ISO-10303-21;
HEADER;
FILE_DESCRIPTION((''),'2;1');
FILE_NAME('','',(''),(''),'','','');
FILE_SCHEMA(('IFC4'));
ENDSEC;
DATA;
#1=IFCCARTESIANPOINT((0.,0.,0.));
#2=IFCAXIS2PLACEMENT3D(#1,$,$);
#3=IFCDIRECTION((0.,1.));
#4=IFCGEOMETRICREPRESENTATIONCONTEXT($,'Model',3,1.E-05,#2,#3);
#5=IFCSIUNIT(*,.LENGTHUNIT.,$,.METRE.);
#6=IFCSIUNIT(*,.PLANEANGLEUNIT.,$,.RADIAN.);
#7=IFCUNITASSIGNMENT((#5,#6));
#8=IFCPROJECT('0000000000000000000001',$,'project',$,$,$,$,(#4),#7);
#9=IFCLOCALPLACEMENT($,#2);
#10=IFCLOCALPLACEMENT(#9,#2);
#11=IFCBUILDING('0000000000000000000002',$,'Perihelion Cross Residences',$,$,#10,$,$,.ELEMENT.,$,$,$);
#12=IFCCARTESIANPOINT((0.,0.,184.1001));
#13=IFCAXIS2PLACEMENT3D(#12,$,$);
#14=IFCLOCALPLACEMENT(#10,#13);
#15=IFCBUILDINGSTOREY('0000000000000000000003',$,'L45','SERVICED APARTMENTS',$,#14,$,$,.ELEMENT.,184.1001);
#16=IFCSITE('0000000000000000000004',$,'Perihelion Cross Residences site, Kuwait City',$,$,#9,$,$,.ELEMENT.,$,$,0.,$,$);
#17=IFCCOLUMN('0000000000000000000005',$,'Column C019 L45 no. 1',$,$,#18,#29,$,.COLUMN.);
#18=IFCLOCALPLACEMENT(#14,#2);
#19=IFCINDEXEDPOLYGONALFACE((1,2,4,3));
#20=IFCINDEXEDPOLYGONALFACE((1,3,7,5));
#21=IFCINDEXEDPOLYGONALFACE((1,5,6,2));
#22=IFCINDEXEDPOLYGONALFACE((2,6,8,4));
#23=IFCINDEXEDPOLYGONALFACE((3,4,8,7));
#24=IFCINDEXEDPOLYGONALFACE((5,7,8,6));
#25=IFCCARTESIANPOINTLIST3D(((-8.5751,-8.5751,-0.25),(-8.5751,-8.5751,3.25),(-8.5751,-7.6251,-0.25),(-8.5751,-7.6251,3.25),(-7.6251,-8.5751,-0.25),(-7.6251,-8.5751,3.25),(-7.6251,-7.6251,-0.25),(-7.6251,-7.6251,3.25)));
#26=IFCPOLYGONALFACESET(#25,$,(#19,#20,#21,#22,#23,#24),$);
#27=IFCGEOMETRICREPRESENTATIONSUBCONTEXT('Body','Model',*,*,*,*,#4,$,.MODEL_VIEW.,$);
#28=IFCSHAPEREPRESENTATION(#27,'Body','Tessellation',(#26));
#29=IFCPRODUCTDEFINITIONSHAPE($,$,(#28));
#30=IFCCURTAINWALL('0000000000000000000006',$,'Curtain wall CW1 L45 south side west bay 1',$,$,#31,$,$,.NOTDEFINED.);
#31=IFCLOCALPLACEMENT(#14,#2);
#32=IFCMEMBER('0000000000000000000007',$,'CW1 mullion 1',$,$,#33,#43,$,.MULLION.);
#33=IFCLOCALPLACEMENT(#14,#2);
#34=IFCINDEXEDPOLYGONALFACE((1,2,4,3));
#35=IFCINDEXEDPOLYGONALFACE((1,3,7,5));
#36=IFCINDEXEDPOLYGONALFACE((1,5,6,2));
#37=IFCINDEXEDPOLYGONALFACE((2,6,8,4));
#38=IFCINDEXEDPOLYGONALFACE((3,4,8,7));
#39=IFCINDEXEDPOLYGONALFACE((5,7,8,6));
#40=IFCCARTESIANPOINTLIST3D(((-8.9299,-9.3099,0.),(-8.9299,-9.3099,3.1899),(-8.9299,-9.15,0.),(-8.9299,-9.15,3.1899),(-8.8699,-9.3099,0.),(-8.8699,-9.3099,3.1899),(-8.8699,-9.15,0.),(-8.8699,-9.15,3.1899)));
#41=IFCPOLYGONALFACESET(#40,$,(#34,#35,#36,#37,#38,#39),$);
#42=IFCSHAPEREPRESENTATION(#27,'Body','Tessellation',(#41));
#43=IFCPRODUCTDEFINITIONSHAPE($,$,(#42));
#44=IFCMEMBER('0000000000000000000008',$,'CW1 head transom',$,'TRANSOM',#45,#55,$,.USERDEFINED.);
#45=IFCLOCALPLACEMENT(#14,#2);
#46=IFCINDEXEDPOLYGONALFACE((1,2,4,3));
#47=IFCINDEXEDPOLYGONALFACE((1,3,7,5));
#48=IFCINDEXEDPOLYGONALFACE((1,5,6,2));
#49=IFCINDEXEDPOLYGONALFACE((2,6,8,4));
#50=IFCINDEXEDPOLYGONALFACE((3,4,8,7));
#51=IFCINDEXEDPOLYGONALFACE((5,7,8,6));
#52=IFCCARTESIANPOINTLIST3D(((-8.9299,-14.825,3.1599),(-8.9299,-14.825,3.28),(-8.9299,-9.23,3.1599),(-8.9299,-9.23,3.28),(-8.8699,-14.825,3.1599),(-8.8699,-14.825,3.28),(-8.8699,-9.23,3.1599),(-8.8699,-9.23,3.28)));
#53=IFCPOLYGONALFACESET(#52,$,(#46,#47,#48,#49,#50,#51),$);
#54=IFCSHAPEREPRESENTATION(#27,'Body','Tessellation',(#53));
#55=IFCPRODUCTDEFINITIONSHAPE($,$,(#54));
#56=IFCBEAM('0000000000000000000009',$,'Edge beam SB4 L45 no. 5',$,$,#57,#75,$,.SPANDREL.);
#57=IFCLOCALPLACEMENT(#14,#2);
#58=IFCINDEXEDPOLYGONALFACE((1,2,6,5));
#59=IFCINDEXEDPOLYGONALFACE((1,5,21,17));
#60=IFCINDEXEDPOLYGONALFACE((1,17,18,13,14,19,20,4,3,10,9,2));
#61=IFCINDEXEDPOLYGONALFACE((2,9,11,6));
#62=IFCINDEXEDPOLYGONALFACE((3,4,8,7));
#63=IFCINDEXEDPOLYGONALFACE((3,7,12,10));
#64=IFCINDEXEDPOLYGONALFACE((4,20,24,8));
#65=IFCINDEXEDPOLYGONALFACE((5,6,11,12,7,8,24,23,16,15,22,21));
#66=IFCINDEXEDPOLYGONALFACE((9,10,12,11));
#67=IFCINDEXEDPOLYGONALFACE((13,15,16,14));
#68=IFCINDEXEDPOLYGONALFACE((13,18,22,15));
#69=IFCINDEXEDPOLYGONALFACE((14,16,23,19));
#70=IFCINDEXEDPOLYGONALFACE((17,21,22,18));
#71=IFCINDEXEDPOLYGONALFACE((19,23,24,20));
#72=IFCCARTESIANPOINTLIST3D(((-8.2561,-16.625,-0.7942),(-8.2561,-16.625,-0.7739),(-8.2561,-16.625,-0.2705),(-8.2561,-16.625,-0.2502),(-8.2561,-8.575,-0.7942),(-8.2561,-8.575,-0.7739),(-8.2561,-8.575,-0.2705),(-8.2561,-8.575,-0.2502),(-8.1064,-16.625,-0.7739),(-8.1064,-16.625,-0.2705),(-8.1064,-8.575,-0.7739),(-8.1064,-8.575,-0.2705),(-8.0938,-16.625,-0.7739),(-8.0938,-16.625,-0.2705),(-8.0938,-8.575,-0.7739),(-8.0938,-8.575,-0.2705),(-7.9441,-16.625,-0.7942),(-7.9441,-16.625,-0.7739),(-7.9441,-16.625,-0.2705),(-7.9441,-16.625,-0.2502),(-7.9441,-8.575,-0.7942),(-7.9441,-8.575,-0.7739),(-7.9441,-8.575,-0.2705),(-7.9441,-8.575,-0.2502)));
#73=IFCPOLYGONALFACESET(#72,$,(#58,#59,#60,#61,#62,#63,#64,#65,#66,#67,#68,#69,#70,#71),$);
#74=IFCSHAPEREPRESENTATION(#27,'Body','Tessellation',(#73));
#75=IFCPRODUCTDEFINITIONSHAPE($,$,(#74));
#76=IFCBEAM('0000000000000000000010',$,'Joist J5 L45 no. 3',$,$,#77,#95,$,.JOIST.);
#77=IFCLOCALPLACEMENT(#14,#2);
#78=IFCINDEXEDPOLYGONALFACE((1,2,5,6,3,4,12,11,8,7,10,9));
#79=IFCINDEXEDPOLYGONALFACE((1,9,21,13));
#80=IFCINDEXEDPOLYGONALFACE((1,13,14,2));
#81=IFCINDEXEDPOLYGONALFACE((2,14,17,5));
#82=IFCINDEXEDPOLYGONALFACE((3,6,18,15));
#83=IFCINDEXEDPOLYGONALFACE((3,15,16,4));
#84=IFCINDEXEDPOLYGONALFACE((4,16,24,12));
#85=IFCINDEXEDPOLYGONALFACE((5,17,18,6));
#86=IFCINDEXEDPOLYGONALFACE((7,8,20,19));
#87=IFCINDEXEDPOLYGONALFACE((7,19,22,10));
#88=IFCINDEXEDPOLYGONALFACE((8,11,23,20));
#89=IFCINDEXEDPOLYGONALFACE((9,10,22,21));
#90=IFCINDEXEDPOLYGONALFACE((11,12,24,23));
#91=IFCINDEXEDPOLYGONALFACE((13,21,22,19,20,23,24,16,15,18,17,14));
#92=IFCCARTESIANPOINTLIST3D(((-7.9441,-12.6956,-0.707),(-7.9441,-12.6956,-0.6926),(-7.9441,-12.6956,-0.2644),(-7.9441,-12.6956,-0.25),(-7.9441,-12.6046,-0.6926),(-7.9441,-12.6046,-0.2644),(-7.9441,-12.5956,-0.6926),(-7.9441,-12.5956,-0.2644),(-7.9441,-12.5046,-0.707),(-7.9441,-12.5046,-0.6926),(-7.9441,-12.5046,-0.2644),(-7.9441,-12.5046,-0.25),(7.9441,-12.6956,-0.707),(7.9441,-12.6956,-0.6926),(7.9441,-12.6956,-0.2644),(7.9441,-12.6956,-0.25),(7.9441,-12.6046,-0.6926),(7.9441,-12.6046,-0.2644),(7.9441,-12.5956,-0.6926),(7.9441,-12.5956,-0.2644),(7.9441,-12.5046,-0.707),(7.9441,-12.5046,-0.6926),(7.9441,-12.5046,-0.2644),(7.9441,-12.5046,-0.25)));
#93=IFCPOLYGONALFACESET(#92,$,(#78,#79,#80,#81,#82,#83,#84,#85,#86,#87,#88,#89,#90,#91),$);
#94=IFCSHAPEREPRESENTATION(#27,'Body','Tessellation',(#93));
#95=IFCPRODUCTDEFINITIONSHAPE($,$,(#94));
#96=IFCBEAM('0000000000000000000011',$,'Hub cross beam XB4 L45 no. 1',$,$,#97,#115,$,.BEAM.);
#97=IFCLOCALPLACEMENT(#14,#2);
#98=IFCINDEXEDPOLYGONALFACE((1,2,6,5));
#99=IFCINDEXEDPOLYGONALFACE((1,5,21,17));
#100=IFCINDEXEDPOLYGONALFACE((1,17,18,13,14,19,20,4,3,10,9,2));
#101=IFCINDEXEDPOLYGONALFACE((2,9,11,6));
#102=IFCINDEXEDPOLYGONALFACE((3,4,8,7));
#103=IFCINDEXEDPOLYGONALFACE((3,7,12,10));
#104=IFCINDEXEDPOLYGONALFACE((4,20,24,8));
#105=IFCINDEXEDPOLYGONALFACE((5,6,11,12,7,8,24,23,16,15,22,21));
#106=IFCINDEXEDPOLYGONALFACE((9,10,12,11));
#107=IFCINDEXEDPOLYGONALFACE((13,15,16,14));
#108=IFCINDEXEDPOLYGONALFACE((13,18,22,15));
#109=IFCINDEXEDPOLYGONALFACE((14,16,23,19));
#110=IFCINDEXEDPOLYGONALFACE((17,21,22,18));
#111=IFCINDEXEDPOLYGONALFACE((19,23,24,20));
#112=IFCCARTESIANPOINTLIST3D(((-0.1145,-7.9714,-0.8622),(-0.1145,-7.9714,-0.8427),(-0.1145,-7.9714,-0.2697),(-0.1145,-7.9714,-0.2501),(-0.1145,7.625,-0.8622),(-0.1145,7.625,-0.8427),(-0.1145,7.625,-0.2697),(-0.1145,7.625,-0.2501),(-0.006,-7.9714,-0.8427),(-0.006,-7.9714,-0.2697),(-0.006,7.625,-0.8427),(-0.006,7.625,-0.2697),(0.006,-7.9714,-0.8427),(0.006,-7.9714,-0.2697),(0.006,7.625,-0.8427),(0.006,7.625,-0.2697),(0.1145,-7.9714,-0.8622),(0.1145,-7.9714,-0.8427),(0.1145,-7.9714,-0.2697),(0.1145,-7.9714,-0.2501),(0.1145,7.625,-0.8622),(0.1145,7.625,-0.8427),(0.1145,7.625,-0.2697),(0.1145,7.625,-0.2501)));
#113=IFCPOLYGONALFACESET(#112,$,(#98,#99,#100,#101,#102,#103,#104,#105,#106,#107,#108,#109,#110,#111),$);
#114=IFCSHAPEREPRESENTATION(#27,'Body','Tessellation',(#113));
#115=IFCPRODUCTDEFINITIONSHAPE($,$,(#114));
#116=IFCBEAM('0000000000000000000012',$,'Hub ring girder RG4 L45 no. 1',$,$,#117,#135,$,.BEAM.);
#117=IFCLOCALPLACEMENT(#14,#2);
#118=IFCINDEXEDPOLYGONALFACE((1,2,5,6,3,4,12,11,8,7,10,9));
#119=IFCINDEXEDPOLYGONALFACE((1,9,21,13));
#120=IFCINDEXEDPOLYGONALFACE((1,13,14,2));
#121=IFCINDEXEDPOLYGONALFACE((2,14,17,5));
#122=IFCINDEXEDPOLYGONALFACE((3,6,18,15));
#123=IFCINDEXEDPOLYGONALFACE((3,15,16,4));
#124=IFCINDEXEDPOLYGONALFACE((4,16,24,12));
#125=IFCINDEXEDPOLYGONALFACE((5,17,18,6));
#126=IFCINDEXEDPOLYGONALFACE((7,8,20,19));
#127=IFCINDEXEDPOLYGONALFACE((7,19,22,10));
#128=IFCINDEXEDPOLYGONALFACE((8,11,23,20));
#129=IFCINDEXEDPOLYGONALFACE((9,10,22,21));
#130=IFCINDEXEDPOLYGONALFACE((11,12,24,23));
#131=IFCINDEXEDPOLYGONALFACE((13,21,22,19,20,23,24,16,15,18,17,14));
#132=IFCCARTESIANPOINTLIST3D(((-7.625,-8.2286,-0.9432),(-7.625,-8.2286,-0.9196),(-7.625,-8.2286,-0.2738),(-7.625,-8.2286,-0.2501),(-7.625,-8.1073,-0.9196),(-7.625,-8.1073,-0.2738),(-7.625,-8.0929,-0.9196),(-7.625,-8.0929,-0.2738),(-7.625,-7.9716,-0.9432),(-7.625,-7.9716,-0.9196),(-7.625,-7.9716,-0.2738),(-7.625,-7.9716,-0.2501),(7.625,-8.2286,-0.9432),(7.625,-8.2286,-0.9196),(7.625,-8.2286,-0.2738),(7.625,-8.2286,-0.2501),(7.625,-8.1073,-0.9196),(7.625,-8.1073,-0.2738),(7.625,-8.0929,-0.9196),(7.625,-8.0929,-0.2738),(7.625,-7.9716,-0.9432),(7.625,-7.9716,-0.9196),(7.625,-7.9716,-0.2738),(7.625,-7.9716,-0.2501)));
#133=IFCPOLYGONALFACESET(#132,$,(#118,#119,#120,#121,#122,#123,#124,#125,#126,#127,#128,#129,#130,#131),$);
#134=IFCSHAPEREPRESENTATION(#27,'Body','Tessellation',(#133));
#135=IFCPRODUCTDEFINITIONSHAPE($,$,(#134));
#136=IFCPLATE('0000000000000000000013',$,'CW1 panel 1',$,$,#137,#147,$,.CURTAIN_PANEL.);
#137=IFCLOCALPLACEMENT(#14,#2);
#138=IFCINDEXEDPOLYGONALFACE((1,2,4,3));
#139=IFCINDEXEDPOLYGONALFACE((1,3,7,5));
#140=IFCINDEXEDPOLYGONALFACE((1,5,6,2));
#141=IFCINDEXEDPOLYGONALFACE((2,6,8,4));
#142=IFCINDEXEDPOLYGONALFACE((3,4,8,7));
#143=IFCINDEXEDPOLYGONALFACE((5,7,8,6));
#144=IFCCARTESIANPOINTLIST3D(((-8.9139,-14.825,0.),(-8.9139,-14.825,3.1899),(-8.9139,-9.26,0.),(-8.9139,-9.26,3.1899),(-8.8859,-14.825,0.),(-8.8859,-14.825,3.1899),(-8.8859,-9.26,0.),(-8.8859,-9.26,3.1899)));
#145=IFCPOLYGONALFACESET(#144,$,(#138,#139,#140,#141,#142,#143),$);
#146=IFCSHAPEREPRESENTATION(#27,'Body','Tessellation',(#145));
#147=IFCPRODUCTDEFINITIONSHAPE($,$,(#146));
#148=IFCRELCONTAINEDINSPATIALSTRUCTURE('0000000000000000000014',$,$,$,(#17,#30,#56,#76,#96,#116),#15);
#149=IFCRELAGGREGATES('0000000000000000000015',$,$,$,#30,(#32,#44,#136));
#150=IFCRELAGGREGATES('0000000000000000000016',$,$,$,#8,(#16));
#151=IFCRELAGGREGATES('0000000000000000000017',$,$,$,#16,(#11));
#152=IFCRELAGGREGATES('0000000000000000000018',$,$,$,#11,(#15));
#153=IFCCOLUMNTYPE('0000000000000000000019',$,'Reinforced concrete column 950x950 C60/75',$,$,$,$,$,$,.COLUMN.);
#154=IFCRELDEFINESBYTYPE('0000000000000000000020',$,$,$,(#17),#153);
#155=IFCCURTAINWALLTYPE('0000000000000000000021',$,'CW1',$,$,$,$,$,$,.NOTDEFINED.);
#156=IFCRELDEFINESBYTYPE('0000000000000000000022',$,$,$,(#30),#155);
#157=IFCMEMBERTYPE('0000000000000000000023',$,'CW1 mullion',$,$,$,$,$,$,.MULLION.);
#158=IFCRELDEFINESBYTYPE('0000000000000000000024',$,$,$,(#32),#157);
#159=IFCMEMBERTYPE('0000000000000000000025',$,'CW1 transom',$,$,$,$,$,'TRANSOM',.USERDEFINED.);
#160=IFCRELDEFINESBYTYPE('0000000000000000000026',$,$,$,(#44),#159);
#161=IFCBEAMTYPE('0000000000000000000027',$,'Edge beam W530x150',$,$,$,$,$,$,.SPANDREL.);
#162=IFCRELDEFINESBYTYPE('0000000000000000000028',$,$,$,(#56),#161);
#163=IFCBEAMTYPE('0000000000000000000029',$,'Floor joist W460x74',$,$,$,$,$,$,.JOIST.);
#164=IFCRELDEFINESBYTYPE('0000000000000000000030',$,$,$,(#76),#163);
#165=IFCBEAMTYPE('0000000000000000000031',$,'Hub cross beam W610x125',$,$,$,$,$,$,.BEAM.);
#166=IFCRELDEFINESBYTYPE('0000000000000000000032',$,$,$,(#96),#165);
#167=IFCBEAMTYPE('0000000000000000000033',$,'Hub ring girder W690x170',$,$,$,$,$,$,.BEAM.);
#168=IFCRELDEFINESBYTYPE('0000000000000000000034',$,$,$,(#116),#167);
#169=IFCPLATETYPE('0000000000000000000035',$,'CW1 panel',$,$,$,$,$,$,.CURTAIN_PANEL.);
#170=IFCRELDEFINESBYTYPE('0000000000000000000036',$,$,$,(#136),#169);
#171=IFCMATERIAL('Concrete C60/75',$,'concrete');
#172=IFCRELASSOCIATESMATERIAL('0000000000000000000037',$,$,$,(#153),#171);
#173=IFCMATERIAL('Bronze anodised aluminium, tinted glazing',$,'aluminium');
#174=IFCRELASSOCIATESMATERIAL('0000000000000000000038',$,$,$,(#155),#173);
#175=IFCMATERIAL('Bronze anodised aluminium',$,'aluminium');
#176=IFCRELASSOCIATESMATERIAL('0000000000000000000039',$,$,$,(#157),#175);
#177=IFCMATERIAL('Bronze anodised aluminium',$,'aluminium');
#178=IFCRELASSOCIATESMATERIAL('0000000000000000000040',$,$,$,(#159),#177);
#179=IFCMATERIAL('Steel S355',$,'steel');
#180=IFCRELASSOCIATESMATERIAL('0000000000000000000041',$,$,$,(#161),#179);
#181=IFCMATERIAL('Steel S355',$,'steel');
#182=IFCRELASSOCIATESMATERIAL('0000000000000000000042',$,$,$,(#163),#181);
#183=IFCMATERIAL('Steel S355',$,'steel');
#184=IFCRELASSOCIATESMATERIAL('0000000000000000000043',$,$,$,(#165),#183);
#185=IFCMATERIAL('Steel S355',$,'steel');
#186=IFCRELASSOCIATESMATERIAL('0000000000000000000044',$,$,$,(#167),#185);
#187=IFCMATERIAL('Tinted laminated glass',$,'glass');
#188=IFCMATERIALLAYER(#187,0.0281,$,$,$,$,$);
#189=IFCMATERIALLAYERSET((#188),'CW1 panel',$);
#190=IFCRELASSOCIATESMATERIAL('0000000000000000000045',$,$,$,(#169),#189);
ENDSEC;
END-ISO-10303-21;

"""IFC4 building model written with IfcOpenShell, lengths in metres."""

from ifc_helpers import new_model, si_unit, direction, frame, origin, origin_2d, place, context, subcontext, project, spatial, rectangle, i_section, extrude, material, layer, layer_set, material_profile, profile_set, type_object, element, aggregate, save


model = new_model("IFC4")

# Units and contexts
model_context = context("Model", 3, precision=1e-05, world=origin(), true_north=direction((0.0, 1.0)))
body_context = subcontext(model_context, "Body", "Model", "MODEL_VIEW")
ifc_project = project(units=[si_unit("LENGTHUNIT", "METRE"), si_unit("PLANEANGLEUNIT", "RADIAN")], contexts=[model_context])

# Site, building, storey
site_placement = place(None, origin())
site = spatial("IfcSite", under=ifc_project, at=site_placement, Name="Perihelion Cross Residences site, Kuwait City", CompositionType="ELEMENT", RefElevation=0.0)
building_placement = place(site_placement, origin())
building = spatial("IfcBuilding", under=site, at=building_placement, Name="Perihelion Cross Residences", CompositionType="ELEMENT")
storey_placement = place(building_placement, frame((0.0, 0.0, 184.1001)))
storey = spatial("IfcBuildingStorey", under=building, at=storey_placement, Name="L45", Description="SERVICED APARTMENTS", CompositionType="ELEMENT", Elevation=184.1001)

# Column
ifc_material_1 = material(Name="Concrete C60/75", Category="concrete")
ifc_material_profile_1 = material_profile(ifc_material_1, rectangle(XDim=0.95, YDim=0.95, at=origin_2d()), Name="RC 950x950")
ifc_profile_set_1 = profile_set([ifc_material_profile_1], Name="Concrete C60/75")
column_type = type_object("IfcColumnType", Name="Reinforced concrete column 950x950 C60/75", PredefinedType="COLUMN", material=ifc_profile_set_1)
column_placement = place(storey_placement, frame((-8.1001, -8.1001, -0.25), z_axis=(0.0, 0.0, 1.0), x_axis=(1.0, 0.0, 0.0)))
element("IfcColumn", 1, at=column_placement, inside=storey, type_object=column_type, Name="Column C019 L45 no. 1", PredefinedType="COLUMN", context=body_context, shape_type="SweptSolid", body=[
    extrude(rectangle(XDim=0.95, YDim=0.95, at=origin_2d()), origin(), (0.0, 0.0, 1.0), 3.5),
])

# Curtain wall, members
ifc_material_2 = material(Name="Bronze anodised aluminium, tinted glazing", Category="aluminium")
curtain_wall_type = type_object("IfcCurtainWallType", Name="CW1", PredefinedType="NOTDEFINED", material=ifc_material_2)
curtain_wall_placement = place(storey_placement, origin())
curtain_wall = element("IfcCurtainWall", 2, at=curtain_wall_placement, inside=storey, type_object=curtain_wall_type, Name="Curtain wall CW1 L45 south side west bay 1", PredefinedType="NOTDEFINED")
ifc_material_3 = material(Name="Bronze anodised aluminium", Category="aluminium")
ifc_material_profile_2 = material_profile(ifc_material_3, rectangle(XDim=0.0601, YDim=0.1599, at=origin_2d()), Name="CW1 mullion")
ifc_profile_set_2 = profile_set([ifc_material_profile_2], Name="Bronze anodised aluminium")
member_type_1 = type_object("IfcMemberType", Name="CW1 mullion", PredefinedType="MULLION", material=ifc_profile_set_2)
member_1_placement = place(storey_placement, frame((-8.8999, -9.23, 0.0), z_axis=(0.0, 0.0, 1.0), x_axis=(1.0, 0.0, 0.0)))
member_1 = element("IfcMember", 3, at=member_1_placement, type_object=member_type_1, Name="CW1 mullion 1", PredefinedType="MULLION", context=body_context, shape_type="SweptSolid", body=[
    extrude(rectangle(XDim=0.0601, YDim=0.1599, at=origin_2d()), origin(), (0.0, 0.0, 1.0), 3.1899),
])
ifc_material_4 = material(Name="Bronze anodised aluminium", Category="aluminium")
ifc_material_profile_3 = material_profile(ifc_material_4, rectangle(XDim=0.0601, YDim=0.1201, at=origin_2d()), Name="CW1 transom")
ifc_profile_set_3 = profile_set([ifc_material_profile_3], Name="Bronze anodised aluminium")
member_type_2 = type_object("IfcMemberType", Name="CW1 transom", ElementType="TRANSOM", PredefinedType="USERDEFINED", material=ifc_profile_set_3)
member_2_placement = place(storey_placement, frame((-8.8999, -9.23, 3.22), z_axis=(0.0, -1.0, 0.0), x_axis=(1.0, 0.0, 0.0)))
member_2 = element("IfcMember", 4, at=member_2_placement, type_object=member_type_2, Name="CW1 head transom", ObjectType="TRANSOM", PredefinedType="USERDEFINED", context=body_context, shape_type="SweptSolid", body=[
    extrude(rectangle(XDim=0.0601, YDim=0.1201, at=origin_2d()), origin(), (0.0, 0.0, 1.0), 5.595),
])

# Beams
ifc_material_5 = material(Name="Steel S355", Category="steel")
ifc_material_profile_4 = material_profile(ifc_material_5, i_section(OverallWidth=0.312, OverallDepth=0.5439, WebThickness=0.0127, FlangeThickness=0.0203, at=origin_2d()), Name="W530x150")
ifc_profile_set_4 = profile_set([ifc_material_profile_4], Name="Steel S355")
beam_type_1 = type_object("IfcBeamType", Name="Edge beam W530x150", PredefinedType="SPANDREL", material=ifc_profile_set_4)
beam_1_placement = place(storey_placement, frame((-8.1001, -8.575, -0.5222), z_axis=(0.0, -1.0, 0.0), x_axis=(1.0, 0.0, 0.0)))
element("IfcBeam", 5, at=beam_1_placement, inside=storey, type_object=beam_type_1, Name="Edge beam SB4 L45 no. 5", PredefinedType="SPANDREL", context=body_context, shape_type="SweptSolid", body=[
    extrude(i_section(OverallWidth=0.312, OverallDepth=0.5439, WebThickness=0.0127, FlangeThickness=0.0203, at=origin_2d()), origin(), (0.0, 0.0, 1.0), 8.05),
])
ifc_material_6 = material(Name="Steel S355", Category="steel")
ifc_material_profile_5 = material_profile(ifc_material_6, i_section(OverallWidth=0.1909, OverallDepth=0.457, WebThickness=0.009, FlangeThickness=0.0144, at=origin_2d()), Name="W460x74")
ifc_profile_set_5 = profile_set([ifc_material_profile_5], Name="Steel S355")
beam_type_2 = type_object("IfcBeamType", Name="Floor joist W460x74", PredefinedType="JOIST", material=ifc_profile_set_5)
beam_2_placement = place(storey_placement, frame((-7.9441, -12.6001, -0.4785), z_axis=(1.0, 0.0, 0.0), x_axis=(0.0, 1.0, 0.0)))
element("IfcBeam", 6, at=beam_2_placement, inside=storey, type_object=beam_type_2, Name="Joist J5 L45 no. 3", PredefinedType="JOIST", context=body_context, shape_type="SweptSolid", body=[
    extrude(i_section(OverallWidth=0.1909, OverallDepth=0.457, WebThickness=0.009, FlangeThickness=0.0144, at=origin_2d()), origin(), (0.0, 0.0, 1.0), 15.8882),
])
ifc_material_7 = material(Name="Steel S355", Category="steel")
ifc_material_profile_6 = material_profile(ifc_material_7, i_section(OverallWidth=0.229, OverallDepth=0.6121, WebThickness=0.012, FlangeThickness=0.0195, at=origin_2d()), Name="W610x125")
ifc_profile_set_6 = profile_set([ifc_material_profile_6], Name="Steel S355")
beam_type_3 = type_object("IfcBeamType", Name="Hub cross beam W610x125", PredefinedType="BEAM", material=ifc_profile_set_6)
beam_3_placement = place(storey_placement, frame((0.0, -7.9714, -0.5562), z_axis=(0.0, 1.0, 0.0), x_axis=(-1.0, 0.0, 0.0)))
element("IfcBeam", 7, at=beam_3_placement, inside=storey, type_object=beam_type_3, Name="Hub cross beam XB4 L45 no. 1", PredefinedType="BEAM", context=body_context, shape_type="SweptSolid", body=[
    extrude(i_section(OverallWidth=0.229, OverallDepth=0.6121, WebThickness=0.012, FlangeThickness=0.0195, at=origin_2d()), origin(), (0.0, 0.0, 1.0), 15.5964),
])
ifc_material_8 = material(Name="Steel S355", Category="steel")
ifc_material_profile_7 = material_profile(ifc_material_8, i_section(OverallWidth=0.2571, OverallDepth=0.6931, WebThickness=0.0144, FlangeThickness=0.0237, at=origin_2d()), Name="W690x170")
ifc_profile_set_7 = profile_set([ifc_material_profile_7], Name="Steel S355")
beam_type_4 = type_object("IfcBeamType", Name="Hub ring girder W690x170", PredefinedType="BEAM", material=ifc_profile_set_7)
beam_4_placement = place(storey_placement, frame((-7.625, -8.1001, -0.5967), z_axis=(1.0, 0.0, 0.0), x_axis=(0.0, 1.0, 0.0)))
element("IfcBeam", 8, at=beam_4_placement, inside=storey, type_object=beam_type_4, Name="Hub ring girder RG4 L45 no. 1", PredefinedType="BEAM", context=body_context, shape_type="SweptSolid", body=[
    extrude(i_section(OverallWidth=0.2571, OverallDepth=0.6931, WebThickness=0.0144, FlangeThickness=0.0237, at=origin_2d()), origin(), (0.0, 0.0, 1.0), 15.25),
])

# Plate
ifc_material_9 = material(Name="Tinted laminated glass", Category="glass")
ifc_layer_1 = layer(ifc_material_9, 0.0281)
ifc_layer_set_1 = layer_set([ifc_layer_1], Name="CW1 panel")
plate_type = type_object("IfcPlateType", Name="CW1 panel", PredefinedType="CURTAIN_PANEL", material=ifc_layer_set_1)
plate_placement = place(storey_placement, frame((-8.8999, -12.0425, 0.0), z_axis=(0.0, 0.0, 1.0), x_axis=(0.0, -1.0, 0.0)))
plate = element("IfcPlate", 9, at=plate_placement, type_object=plate_type, Name="CW1 panel 1", PredefinedType="CURTAIN_PANEL", context=body_context, shape_type="SweptSolid", body=[
    extrude(rectangle(XDim=5.5649, YDim=0.0281, at=origin_2d()), origin(), (0.0, 0.0, 1.0), 3.1899),
])
aggregate(curtain_wall, [member_1, member_2, plate])

save(model, "model.ifc")
